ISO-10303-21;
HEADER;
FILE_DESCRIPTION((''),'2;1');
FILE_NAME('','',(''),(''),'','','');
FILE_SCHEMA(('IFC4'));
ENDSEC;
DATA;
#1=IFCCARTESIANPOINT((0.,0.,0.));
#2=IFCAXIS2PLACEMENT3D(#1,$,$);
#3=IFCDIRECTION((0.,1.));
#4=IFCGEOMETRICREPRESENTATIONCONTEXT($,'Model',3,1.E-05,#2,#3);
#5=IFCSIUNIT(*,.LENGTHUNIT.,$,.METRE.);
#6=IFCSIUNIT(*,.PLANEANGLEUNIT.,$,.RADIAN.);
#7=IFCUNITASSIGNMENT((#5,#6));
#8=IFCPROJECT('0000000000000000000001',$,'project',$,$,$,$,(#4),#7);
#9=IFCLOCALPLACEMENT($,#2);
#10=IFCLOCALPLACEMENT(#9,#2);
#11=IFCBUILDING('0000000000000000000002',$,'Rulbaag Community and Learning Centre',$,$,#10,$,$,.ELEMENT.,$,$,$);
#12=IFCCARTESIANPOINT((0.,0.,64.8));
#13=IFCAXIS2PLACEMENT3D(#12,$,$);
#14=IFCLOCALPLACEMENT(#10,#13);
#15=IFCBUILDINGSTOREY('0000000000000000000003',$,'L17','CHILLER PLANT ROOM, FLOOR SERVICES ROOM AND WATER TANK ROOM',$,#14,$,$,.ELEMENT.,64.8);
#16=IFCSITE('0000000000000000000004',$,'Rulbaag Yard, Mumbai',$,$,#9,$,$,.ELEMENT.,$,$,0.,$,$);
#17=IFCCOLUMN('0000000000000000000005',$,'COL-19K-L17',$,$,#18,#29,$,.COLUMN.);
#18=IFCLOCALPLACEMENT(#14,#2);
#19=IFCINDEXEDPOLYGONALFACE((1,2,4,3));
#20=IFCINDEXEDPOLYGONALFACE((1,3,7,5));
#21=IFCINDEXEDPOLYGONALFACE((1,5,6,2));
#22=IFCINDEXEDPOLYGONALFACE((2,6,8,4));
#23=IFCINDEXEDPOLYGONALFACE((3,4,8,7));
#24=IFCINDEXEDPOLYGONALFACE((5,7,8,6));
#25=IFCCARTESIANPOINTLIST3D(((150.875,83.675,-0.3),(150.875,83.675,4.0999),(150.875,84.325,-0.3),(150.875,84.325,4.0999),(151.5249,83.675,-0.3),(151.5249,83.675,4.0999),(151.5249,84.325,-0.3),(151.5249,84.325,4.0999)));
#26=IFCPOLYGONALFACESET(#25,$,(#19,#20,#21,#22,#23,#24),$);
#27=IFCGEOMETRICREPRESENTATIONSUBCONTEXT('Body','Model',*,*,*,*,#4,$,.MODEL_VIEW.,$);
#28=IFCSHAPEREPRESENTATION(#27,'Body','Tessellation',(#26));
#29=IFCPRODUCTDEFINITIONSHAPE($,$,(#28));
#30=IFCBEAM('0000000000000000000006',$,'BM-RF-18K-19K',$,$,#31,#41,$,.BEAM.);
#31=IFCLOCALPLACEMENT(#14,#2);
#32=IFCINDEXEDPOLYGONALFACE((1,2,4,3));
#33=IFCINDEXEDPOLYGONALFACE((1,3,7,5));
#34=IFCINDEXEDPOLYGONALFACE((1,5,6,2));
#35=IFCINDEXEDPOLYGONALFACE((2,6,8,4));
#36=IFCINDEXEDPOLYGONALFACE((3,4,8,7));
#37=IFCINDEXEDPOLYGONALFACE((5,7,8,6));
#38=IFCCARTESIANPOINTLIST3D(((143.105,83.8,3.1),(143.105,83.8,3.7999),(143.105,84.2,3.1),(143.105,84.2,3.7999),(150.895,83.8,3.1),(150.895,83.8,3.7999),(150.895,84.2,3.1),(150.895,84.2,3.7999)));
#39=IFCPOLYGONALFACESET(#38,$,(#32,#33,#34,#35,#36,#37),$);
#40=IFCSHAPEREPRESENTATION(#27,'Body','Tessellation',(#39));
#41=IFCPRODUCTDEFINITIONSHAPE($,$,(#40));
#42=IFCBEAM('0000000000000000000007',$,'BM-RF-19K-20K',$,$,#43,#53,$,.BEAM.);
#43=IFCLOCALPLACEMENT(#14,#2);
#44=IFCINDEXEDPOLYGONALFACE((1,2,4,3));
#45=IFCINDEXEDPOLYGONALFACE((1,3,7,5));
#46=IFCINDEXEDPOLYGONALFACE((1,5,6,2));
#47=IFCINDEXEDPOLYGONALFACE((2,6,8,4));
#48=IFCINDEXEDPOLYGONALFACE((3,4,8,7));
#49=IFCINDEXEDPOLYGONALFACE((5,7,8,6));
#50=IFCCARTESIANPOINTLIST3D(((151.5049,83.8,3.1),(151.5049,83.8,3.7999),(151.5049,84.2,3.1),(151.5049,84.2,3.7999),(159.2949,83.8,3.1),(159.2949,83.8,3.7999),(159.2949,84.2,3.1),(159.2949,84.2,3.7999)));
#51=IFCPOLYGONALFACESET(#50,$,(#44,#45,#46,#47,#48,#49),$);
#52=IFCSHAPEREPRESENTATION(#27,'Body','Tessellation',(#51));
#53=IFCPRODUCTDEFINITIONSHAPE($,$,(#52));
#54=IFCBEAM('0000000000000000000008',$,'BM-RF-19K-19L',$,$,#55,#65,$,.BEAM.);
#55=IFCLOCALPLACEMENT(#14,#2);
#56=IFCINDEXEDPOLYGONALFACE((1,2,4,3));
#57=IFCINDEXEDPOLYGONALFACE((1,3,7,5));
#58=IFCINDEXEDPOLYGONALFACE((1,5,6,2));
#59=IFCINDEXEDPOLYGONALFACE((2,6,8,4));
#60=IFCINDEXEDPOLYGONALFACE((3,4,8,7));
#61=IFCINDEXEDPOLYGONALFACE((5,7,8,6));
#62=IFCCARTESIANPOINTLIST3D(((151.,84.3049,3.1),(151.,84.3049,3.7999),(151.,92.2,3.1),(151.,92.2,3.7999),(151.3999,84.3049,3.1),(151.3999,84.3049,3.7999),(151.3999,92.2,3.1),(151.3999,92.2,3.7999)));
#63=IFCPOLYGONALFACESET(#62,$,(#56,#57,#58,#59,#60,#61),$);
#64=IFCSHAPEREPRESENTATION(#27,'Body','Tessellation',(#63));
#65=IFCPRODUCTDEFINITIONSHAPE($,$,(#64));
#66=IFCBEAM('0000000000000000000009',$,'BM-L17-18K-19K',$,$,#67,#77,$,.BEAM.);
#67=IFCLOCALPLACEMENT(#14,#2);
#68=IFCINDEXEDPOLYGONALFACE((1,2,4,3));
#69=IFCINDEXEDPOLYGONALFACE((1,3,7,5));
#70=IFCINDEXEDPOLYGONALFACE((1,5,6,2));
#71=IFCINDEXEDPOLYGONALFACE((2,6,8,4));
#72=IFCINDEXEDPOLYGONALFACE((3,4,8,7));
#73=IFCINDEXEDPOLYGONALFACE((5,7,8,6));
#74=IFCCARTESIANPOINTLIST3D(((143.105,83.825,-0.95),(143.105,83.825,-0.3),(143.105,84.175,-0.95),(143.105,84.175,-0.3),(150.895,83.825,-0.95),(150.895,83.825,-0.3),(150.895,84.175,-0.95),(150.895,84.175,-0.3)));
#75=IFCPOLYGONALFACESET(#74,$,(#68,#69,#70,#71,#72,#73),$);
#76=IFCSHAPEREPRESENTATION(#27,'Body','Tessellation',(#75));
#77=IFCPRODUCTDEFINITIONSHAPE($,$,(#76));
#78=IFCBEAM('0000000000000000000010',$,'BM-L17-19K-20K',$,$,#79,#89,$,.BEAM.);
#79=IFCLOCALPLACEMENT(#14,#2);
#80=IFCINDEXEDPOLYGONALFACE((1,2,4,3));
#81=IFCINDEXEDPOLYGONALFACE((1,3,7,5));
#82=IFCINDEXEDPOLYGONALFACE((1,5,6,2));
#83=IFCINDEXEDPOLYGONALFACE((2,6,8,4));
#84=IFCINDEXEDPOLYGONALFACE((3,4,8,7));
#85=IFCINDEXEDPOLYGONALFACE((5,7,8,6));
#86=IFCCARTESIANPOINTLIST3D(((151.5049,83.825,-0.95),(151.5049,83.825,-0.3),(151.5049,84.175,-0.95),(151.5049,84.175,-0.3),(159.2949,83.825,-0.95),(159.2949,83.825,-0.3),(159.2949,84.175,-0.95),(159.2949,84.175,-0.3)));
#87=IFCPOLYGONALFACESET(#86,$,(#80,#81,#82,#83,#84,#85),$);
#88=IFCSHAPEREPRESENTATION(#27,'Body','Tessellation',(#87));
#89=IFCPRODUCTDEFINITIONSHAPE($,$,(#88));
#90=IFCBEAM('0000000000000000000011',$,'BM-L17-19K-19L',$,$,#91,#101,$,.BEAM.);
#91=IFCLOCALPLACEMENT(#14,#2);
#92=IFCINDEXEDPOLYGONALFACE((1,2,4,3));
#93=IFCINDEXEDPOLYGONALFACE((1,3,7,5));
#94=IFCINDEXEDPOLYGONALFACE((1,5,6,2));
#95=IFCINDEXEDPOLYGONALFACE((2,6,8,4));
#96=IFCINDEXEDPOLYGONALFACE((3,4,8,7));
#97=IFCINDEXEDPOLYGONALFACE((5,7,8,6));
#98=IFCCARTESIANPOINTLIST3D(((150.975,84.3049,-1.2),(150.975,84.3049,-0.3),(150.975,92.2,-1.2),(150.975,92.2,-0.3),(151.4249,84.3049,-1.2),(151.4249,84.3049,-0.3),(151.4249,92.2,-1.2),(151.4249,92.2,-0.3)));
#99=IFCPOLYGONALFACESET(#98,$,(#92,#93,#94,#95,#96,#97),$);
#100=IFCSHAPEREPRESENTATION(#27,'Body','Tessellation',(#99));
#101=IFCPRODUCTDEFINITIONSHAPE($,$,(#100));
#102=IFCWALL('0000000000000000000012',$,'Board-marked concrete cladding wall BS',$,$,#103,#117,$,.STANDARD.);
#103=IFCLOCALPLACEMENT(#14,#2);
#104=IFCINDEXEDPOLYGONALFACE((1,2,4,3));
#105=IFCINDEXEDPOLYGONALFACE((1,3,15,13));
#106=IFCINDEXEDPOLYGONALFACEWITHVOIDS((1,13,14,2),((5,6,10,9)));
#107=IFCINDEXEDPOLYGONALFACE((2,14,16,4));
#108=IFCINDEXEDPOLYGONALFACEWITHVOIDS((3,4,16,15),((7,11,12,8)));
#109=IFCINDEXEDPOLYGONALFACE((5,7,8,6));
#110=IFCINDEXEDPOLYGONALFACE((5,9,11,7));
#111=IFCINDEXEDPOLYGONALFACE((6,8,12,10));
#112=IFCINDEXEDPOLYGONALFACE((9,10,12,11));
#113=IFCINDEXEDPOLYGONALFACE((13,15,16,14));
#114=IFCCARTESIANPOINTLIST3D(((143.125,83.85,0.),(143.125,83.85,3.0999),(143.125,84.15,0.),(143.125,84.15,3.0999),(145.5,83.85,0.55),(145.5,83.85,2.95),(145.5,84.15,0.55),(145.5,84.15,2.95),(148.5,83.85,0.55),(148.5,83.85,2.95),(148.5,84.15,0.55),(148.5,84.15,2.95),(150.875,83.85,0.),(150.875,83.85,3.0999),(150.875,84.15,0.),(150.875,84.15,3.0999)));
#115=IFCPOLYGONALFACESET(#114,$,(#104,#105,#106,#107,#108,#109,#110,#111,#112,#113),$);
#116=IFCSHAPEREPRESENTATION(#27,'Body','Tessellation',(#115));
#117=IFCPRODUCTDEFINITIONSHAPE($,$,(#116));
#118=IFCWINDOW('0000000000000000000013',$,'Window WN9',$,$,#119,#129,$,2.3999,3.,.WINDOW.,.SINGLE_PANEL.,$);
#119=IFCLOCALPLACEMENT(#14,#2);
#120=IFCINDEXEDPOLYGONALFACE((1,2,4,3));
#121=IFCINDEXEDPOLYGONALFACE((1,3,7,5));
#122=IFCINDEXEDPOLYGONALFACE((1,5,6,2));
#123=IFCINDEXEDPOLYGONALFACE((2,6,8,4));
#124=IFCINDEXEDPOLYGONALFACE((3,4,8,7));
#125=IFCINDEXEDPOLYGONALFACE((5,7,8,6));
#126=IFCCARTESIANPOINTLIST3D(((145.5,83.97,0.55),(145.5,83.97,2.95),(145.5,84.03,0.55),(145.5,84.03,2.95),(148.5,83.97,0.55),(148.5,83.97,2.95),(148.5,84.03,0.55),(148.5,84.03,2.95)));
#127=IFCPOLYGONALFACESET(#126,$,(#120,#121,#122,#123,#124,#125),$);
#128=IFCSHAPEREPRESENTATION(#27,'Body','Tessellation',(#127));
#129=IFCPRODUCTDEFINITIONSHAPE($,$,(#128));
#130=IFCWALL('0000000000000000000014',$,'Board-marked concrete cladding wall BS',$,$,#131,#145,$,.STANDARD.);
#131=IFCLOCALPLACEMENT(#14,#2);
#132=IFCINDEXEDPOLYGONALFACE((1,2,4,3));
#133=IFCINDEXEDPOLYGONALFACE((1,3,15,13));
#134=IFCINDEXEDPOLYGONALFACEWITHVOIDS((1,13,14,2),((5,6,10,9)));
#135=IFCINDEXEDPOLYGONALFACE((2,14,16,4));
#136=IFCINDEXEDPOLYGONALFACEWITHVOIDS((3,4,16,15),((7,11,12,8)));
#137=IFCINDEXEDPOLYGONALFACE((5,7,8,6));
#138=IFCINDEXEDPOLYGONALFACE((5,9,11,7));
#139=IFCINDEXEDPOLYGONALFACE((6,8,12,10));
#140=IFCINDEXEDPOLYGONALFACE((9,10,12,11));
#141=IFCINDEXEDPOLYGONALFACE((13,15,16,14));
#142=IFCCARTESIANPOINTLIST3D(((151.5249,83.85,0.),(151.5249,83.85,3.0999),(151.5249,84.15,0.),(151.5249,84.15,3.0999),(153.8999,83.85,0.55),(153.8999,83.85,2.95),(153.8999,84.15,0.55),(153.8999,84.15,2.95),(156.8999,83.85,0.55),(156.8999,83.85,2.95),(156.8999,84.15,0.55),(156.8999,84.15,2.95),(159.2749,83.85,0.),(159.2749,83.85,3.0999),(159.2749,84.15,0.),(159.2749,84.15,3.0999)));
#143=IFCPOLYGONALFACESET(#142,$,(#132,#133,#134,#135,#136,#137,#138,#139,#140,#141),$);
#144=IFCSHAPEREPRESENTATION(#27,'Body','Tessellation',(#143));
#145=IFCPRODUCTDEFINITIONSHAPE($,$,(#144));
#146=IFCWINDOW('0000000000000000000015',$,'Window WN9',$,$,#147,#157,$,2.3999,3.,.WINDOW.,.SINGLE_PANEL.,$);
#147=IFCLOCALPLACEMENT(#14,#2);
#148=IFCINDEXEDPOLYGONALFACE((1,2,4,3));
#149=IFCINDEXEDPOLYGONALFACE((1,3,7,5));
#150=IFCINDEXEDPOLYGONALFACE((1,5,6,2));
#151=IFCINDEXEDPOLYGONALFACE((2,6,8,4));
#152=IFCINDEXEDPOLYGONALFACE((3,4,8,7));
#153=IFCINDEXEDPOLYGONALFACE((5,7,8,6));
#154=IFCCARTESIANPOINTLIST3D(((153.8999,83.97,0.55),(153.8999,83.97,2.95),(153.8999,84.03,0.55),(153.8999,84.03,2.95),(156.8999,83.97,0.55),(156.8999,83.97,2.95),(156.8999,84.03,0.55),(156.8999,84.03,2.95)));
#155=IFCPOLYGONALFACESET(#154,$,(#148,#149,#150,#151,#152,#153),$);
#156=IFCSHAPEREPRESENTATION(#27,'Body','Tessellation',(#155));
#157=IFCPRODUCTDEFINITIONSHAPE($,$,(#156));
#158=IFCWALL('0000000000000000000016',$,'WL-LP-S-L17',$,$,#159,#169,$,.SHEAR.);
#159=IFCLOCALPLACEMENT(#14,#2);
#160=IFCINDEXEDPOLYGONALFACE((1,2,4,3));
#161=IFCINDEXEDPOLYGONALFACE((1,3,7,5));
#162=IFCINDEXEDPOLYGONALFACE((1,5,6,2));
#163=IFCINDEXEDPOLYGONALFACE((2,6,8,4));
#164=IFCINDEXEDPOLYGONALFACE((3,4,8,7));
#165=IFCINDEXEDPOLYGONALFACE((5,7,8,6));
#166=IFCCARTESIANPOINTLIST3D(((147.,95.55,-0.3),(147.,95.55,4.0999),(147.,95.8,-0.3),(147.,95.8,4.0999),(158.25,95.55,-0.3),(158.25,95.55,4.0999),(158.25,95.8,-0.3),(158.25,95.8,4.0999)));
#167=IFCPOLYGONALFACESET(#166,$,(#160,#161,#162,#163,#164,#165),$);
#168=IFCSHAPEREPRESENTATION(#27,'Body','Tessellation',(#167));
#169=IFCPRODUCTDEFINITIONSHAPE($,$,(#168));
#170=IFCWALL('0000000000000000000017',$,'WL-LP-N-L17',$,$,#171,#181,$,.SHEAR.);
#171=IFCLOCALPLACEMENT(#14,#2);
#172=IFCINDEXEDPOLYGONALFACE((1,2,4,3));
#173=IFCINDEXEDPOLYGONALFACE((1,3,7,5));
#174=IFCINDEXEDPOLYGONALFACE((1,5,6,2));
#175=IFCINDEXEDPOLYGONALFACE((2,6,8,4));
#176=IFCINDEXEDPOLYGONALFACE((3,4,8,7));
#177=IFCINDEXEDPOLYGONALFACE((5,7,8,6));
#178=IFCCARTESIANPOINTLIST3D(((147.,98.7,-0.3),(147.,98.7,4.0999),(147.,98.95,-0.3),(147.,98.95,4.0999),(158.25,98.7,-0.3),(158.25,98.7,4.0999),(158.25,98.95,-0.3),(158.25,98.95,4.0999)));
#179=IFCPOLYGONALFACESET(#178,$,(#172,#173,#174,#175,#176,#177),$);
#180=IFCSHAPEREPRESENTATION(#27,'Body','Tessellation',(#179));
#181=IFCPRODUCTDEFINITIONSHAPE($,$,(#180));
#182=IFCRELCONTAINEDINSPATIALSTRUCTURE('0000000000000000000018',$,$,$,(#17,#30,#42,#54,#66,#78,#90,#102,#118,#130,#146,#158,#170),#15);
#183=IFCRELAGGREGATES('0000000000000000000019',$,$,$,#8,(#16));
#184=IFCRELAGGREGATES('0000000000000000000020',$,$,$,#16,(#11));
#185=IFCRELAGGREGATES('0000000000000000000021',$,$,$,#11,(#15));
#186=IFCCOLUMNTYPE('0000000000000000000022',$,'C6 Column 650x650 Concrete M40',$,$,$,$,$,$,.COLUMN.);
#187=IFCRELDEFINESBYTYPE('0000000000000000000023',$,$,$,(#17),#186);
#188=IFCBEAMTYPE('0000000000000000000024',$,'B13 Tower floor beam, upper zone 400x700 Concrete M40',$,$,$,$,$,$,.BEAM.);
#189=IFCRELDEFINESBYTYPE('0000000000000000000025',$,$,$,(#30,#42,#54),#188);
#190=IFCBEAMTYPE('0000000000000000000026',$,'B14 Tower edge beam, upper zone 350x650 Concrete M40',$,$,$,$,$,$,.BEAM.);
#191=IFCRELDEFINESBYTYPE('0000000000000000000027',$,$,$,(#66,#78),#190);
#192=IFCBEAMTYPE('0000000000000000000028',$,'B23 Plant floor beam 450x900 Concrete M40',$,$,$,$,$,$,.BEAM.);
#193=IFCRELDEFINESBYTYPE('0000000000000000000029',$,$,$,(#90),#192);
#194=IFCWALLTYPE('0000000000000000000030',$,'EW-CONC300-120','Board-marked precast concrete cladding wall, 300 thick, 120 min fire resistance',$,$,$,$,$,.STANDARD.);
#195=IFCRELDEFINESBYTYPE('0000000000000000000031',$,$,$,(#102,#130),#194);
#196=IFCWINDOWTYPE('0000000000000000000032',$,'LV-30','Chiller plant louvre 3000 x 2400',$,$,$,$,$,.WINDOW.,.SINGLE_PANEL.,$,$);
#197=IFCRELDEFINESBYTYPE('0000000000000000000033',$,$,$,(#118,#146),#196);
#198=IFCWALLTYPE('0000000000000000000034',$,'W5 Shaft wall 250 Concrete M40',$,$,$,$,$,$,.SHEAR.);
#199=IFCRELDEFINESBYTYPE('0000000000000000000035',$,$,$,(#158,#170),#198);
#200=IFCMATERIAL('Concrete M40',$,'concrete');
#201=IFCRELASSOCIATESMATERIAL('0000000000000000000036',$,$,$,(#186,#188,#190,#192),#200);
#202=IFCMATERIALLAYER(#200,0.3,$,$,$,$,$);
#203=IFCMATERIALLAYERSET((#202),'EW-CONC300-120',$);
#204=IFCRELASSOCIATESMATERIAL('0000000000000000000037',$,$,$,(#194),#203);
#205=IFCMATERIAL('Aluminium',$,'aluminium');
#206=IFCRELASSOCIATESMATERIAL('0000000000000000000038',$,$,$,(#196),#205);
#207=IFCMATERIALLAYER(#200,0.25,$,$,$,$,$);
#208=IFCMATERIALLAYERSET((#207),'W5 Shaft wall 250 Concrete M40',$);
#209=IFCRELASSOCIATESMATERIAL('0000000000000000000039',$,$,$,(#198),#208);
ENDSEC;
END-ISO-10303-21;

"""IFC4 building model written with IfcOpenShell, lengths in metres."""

from ifc_helpers import new_model, si_unit, direction, frame, frame_2d, origin, origin_2d, place, context, subcontext, project, spatial, rectangle, extrude, material, layer, layer_set, material_profile, profile_set, type_object, element, fill, save


model = new_model("IFC4")

# Units and contexts
model_context = context("Model", 3, precision=1e-05, world=origin(), true_north=direction((0.0, 1.0)))
body_context = subcontext(model_context, "Body", "Model", "MODEL_VIEW")
ifc_project = project(units=[si_unit("LENGTHUNIT", "METRE"), si_unit("PLANEANGLEUNIT", "RADIAN")], contexts=[model_context])

# Site, building, storey
site_placement = place(None, origin())
site = spatial("IfcSite", under=ifc_project, at=site_placement, Name="Rulbaag Yard, Mumbai", CompositionType="ELEMENT", RefElevation=0.0)
building_placement = place(site_placement, origin())
building = spatial("IfcBuilding", under=site, at=building_placement, Name="Rulbaag Community and Learning Centre", CompositionType="ELEMENT")
storey_placement = place(building_placement, frame((0.0, 0.0, 64.8)))
storey = spatial("IfcBuildingStorey", under=building, at=storey_placement, Name="L17", Description="CHILLER PLANT ROOM, FLOOR SERVICES ROOM AND WATER TANK ROOM", CompositionType="ELEMENT", Elevation=64.8)

# Column
ifc_material_1 = material(Name="Concrete M40", Category="concrete")
ifc_material_profile_1 = material_profile(ifc_material_1, rectangle(XDim=0.6499, YDim=0.6499, at=origin_2d()), Name="RC650x650")
ifc_profile_set_1 = profile_set([ifc_material_profile_1], Name="Concrete M40")
column_type = type_object("IfcColumnType", Name="C6 Column 650x650 Concrete M40", PredefinedType="COLUMN", material=ifc_profile_set_1)
column_placement = place(storey_placement, frame((151.2, 84.0, -0.3), z_axis=(0.0, 0.0, 1.0), x_axis=(1.0, 0.0, 0.0)))
element("IfcColumn", 1, at=column_placement, inside=storey, type_object=column_type, Name="COL-19K-L17", PredefinedType="COLUMN", context=body_context, shape_type="SweptSolid", body=[
    extrude(rectangle(XDim=0.6499, YDim=0.6499, at=origin_2d()), origin(), (0.0, 0.0, 1.0), 4.3999),
])

# Beams
ifc_material_profile_2 = material_profile(ifc_material_1, rectangle(XDim=0.3999, YDim=0.7, at=origin_2d()), Name="RB400x700")
ifc_profile_set_2 = profile_set([ifc_material_profile_2], Name="Concrete M40")
beam_type_1 = type_object("IfcBeamType", Name="B13 Tower floor beam, upper zone 400x700 Concrete M40", PredefinedType="BEAM", material=ifc_profile_set_2)
for number, where, z_axis, x_axis, name in (
    (2, (143.105, 84.0, 3.45), (1.0, 0.0, 0.0), (0.0, 1.0, 0.0), "BM-RF-18K-19K"),
    (3, (151.5049, 84.0, 3.45), (1.0, 0.0, 0.0), (0.0, 1.0, 0.0), "BM-RF-19K-20K"),
):
    element("IfcBeam", number, at=place(storey_placement, frame(where, z_axis=z_axis, x_axis=x_axis)), inside=storey, type_object=beam_type_1, Name=name, PredefinedType="BEAM", context=body_context, shape_type="SweptSolid", body=[
        extrude(rectangle(XDim=0.3999, YDim=0.7, at=origin_2d()), origin(), (0.0, 0.0, 1.0), 7.79),
    ])
beam_1_placement = place(storey_placement, frame((151.2, 84.3049, 3.45), z_axis=(0.0, 1.0, 0.0), x_axis=(-1.0, 0.0, 0.0)))
element("IfcBeam", 4, at=beam_1_placement, inside=storey, type_object=beam_type_1, Name="BM-RF-19K-19L", PredefinedType="BEAM", context=body_context, shape_type="SweptSolid", body=[
    extrude(rectangle(XDim=0.3999, YDim=0.7, at=origin_2d()), origin(), (0.0, 0.0, 1.0), 7.895),
])
ifc_material_profile_3 = material_profile(ifc_material_1, rectangle(XDim=0.3501, YDim=0.6499, at=origin_2d()), Name="RB350x650")
ifc_profile_set_3 = profile_set([ifc_material_profile_3], Name="Concrete M40")
beam_type_2 = type_object("IfcBeamType", Name="B14 Tower edge beam, upper zone 350x650 Concrete M40", PredefinedType="BEAM", material=ifc_profile_set_3)
for number, where, z_axis, x_axis, name in (
    (5, (143.105, 84.0, -0.625), (1.0, 0.0, 0.0), (0.0, 1.0, 0.0), "BM-L17-18K-19K"),
    (6, (151.5049, 84.0, -0.625), (1.0, 0.0, 0.0), (0.0, 1.0, 0.0), "BM-L17-19K-20K"),
):
    element("IfcBeam", number, at=place(storey_placement, frame(where, z_axis=z_axis, x_axis=x_axis)), inside=storey, type_object=beam_type_2, Name=name, PredefinedType="BEAM", context=body_context, shape_type="SweptSolid", body=[
        extrude(rectangle(XDim=0.3501, YDim=0.6499, at=origin_2d()), origin(), (0.0, 0.0, 1.0), 7.79),
    ])
ifc_material_profile_4 = material_profile(ifc_material_1, rectangle(XDim=0.45, YDim=0.8999, at=origin_2d()), Name="RB450x900")
ifc_profile_set_4 = profile_set([ifc_material_profile_4], Name="Concrete M40")
beam_type_3 = type_object("IfcBeamType", Name="B23 Plant floor beam 450x900 Concrete M40", PredefinedType="BEAM", material=ifc_profile_set_4)
beam_2_placement = place(storey_placement, frame((151.2, 84.3049, -0.75), z_axis=(0.0, 1.0, 0.0), x_axis=(-1.0, 0.0, 0.0)))
element("IfcBeam", 7, at=beam_2_placement, inside=storey, type_object=beam_type_3, Name="BM-L17-19K-19L", PredefinedType="BEAM", context=body_context, shape_type="SweptSolid", body=[
    extrude(rectangle(XDim=0.45, YDim=0.8999, at=origin_2d()), origin(), (0.0, 0.0, 1.0), 7.895),
])

# Walls, openings, windows
ifc_layer_1 = layer(ifc_material_1, 0.3)
ifc_layer_set_1 = layer_set([ifc_layer_1], Name="EW-CONC300-120")
wall_type_1 = type_object("IfcWallType", Name="EW-CONC300-120", Description="Board-marked precast concrete cladding wall, 300 thick, 120 min fire resistance", PredefinedType="STANDARD", material=ifc_layer_set_1)
wall_1_placement = place(storey_placement, frame((143.125, 84.0, 0.0), z_axis=(0.0, 0.0, 1.0), x_axis=(1.0, 0.0, 0.0)))
wall_1 = element("IfcWall", 8, at=wall_1_placement, inside=storey, type_object=wall_type_1, Name="Board-marked concrete cladding wall BS", PredefinedType="STANDARD", context=body_context, shape_type="SweptSolid", body=[
    extrude(rectangle(XDim=7.75, YDim=0.3, at=frame_2d((3.875, 0.0))), origin(), (0.0, 0.0, 1.0), 3.0999),
])
opening_1_placement = place(wall_1_placement, frame((2.375, 0.0, 0.55)))
opening_1 = element("IfcOpeningElement", 9, at=opening_1_placement, cuts=wall_1, PredefinedType="OPENING", context=body_context, shape_type="SweptSolid", body=[
    extrude(rectangle(XDim=3.0, YDim=2.3999, at=frame_2d((1.5, 1.2))), frame((0.0, 0.1599, 0.0), z_axis=(0.0, -1.0, 0.0), x_axis=(1.0, 0.0, 0.0)), (0.0, 0.0, 1.0), 0.3201),
])
ifc_material_2 = material(Name="Aluminium", Category="aluminium")
window_type = type_object("IfcWindowType", Name="LV-30", Description="Chiller plant louvre 3000 x 2400", PartitioningType="SINGLE_PANEL", PredefinedType="WINDOW", material=ifc_material_2)
window_1_placement = place(opening_1_placement, origin())
window_1 = element("IfcWindow", 10, at=window_1_placement, inside=storey, type_object=window_type, Name="Window WN9", OverallHeight=2.3999, OverallWidth=3.0, PartitioningType="SINGLE_PANEL", PredefinedType="WINDOW", context=body_context, shape_type="SweptSolid", body=[
    extrude(rectangle(XDim=3.0, YDim=2.3999, at=frame_2d((1.5, 1.2))), frame((0.0, 0.03, 0.0), z_axis=(0.0, -1.0, 0.0), x_axis=(1.0, 0.0, 0.0)), (0.0, 0.0, 1.0), 0.0601),
])
fill(opening_1, window_1)
wall_2_placement = place(storey_placement, frame((151.5249, 84.0, 0.0), z_axis=(0.0, 0.0, 1.0), x_axis=(1.0, 0.0, 0.0)))
wall_2 = element("IfcWall", 11, at=wall_2_placement, inside=storey, type_object=wall_type_1, Name="Board-marked concrete cladding wall BS", PredefinedType="STANDARD", context=body_context, shape_type="SweptSolid", body=[
    extrude(rectangle(XDim=7.75, YDim=0.3, at=frame_2d((3.875, 0.0))), origin(), (0.0, 0.0, 1.0), 3.0999),
])
opening_2_placement = place(wall_2_placement, frame((2.375, 0.0, 0.55)))
opening_2 = element("IfcOpeningElement", 12, at=opening_2_placement, cuts=wall_2, PredefinedType="OPENING", context=body_context, shape_type="SweptSolid", body=[
    extrude(rectangle(XDim=3.0, YDim=2.3999, at=frame_2d((1.5, 1.2))), frame((0.0, 0.1599, 0.0), z_axis=(0.0, -1.0, 0.0), x_axis=(1.0, 0.0, 0.0)), (0.0, 0.0, 1.0), 0.3201),
])
window_2_placement = place(opening_2_placement, origin())
window_2 = element("IfcWindow", 13, at=window_2_placement, inside=storey, type_object=window_type, Name="Window WN9", OverallHeight=2.3999, OverallWidth=3.0, PartitioningType="SINGLE_PANEL", PredefinedType="WINDOW", context=body_context, shape_type="SweptSolid", body=[
    extrude(rectangle(XDim=3.0, YDim=2.3999, at=frame_2d((1.5, 1.2))), frame((0.0, 0.03, 0.0), z_axis=(0.0, -1.0, 0.0), x_axis=(1.0, 0.0, 0.0)), (0.0, 0.0, 1.0), 0.0601),
])
fill(opening_2, window_2)

# Walls
ifc_layer_2 = layer(ifc_material_1, 0.25)
ifc_layer_set_2 = layer_set([ifc_layer_2], Name="W5 Shaft wall 250 Concrete M40")
wall_type_2 = type_object("IfcWallType", Name="W5 Shaft wall 250 Concrete M40", PredefinedType="SHEAR", material=ifc_layer_set_2)
for number, where, z_axis, x_axis, name in (
    (14, (147.0, 95.675, -0.3), (0.0, 0.0, 1.0), (1.0, 0.0, 0.0), "WL-LP-S-L17"),
    (15, (147.0, 98.825, -0.3), (0.0, 0.0, 1.0), (1.0, 0.0, 0.0), "WL-LP-N-L17"),
):
    element("IfcWall", number, at=place(storey_placement, frame(where, z_axis=z_axis, x_axis=x_axis)), inside=storey, type_object=wall_type_2, Name=name, PredefinedType="SHEAR", context=body_context, shape_type="SweptSolid", body=[
        extrude(rectangle(XDim=11.25, YDim=0.25, at=frame_2d((5.625, 0.0))), origin(), (0.0, 0.0, 1.0), 4.3999),
    ])

save(model, "model.ifc")
